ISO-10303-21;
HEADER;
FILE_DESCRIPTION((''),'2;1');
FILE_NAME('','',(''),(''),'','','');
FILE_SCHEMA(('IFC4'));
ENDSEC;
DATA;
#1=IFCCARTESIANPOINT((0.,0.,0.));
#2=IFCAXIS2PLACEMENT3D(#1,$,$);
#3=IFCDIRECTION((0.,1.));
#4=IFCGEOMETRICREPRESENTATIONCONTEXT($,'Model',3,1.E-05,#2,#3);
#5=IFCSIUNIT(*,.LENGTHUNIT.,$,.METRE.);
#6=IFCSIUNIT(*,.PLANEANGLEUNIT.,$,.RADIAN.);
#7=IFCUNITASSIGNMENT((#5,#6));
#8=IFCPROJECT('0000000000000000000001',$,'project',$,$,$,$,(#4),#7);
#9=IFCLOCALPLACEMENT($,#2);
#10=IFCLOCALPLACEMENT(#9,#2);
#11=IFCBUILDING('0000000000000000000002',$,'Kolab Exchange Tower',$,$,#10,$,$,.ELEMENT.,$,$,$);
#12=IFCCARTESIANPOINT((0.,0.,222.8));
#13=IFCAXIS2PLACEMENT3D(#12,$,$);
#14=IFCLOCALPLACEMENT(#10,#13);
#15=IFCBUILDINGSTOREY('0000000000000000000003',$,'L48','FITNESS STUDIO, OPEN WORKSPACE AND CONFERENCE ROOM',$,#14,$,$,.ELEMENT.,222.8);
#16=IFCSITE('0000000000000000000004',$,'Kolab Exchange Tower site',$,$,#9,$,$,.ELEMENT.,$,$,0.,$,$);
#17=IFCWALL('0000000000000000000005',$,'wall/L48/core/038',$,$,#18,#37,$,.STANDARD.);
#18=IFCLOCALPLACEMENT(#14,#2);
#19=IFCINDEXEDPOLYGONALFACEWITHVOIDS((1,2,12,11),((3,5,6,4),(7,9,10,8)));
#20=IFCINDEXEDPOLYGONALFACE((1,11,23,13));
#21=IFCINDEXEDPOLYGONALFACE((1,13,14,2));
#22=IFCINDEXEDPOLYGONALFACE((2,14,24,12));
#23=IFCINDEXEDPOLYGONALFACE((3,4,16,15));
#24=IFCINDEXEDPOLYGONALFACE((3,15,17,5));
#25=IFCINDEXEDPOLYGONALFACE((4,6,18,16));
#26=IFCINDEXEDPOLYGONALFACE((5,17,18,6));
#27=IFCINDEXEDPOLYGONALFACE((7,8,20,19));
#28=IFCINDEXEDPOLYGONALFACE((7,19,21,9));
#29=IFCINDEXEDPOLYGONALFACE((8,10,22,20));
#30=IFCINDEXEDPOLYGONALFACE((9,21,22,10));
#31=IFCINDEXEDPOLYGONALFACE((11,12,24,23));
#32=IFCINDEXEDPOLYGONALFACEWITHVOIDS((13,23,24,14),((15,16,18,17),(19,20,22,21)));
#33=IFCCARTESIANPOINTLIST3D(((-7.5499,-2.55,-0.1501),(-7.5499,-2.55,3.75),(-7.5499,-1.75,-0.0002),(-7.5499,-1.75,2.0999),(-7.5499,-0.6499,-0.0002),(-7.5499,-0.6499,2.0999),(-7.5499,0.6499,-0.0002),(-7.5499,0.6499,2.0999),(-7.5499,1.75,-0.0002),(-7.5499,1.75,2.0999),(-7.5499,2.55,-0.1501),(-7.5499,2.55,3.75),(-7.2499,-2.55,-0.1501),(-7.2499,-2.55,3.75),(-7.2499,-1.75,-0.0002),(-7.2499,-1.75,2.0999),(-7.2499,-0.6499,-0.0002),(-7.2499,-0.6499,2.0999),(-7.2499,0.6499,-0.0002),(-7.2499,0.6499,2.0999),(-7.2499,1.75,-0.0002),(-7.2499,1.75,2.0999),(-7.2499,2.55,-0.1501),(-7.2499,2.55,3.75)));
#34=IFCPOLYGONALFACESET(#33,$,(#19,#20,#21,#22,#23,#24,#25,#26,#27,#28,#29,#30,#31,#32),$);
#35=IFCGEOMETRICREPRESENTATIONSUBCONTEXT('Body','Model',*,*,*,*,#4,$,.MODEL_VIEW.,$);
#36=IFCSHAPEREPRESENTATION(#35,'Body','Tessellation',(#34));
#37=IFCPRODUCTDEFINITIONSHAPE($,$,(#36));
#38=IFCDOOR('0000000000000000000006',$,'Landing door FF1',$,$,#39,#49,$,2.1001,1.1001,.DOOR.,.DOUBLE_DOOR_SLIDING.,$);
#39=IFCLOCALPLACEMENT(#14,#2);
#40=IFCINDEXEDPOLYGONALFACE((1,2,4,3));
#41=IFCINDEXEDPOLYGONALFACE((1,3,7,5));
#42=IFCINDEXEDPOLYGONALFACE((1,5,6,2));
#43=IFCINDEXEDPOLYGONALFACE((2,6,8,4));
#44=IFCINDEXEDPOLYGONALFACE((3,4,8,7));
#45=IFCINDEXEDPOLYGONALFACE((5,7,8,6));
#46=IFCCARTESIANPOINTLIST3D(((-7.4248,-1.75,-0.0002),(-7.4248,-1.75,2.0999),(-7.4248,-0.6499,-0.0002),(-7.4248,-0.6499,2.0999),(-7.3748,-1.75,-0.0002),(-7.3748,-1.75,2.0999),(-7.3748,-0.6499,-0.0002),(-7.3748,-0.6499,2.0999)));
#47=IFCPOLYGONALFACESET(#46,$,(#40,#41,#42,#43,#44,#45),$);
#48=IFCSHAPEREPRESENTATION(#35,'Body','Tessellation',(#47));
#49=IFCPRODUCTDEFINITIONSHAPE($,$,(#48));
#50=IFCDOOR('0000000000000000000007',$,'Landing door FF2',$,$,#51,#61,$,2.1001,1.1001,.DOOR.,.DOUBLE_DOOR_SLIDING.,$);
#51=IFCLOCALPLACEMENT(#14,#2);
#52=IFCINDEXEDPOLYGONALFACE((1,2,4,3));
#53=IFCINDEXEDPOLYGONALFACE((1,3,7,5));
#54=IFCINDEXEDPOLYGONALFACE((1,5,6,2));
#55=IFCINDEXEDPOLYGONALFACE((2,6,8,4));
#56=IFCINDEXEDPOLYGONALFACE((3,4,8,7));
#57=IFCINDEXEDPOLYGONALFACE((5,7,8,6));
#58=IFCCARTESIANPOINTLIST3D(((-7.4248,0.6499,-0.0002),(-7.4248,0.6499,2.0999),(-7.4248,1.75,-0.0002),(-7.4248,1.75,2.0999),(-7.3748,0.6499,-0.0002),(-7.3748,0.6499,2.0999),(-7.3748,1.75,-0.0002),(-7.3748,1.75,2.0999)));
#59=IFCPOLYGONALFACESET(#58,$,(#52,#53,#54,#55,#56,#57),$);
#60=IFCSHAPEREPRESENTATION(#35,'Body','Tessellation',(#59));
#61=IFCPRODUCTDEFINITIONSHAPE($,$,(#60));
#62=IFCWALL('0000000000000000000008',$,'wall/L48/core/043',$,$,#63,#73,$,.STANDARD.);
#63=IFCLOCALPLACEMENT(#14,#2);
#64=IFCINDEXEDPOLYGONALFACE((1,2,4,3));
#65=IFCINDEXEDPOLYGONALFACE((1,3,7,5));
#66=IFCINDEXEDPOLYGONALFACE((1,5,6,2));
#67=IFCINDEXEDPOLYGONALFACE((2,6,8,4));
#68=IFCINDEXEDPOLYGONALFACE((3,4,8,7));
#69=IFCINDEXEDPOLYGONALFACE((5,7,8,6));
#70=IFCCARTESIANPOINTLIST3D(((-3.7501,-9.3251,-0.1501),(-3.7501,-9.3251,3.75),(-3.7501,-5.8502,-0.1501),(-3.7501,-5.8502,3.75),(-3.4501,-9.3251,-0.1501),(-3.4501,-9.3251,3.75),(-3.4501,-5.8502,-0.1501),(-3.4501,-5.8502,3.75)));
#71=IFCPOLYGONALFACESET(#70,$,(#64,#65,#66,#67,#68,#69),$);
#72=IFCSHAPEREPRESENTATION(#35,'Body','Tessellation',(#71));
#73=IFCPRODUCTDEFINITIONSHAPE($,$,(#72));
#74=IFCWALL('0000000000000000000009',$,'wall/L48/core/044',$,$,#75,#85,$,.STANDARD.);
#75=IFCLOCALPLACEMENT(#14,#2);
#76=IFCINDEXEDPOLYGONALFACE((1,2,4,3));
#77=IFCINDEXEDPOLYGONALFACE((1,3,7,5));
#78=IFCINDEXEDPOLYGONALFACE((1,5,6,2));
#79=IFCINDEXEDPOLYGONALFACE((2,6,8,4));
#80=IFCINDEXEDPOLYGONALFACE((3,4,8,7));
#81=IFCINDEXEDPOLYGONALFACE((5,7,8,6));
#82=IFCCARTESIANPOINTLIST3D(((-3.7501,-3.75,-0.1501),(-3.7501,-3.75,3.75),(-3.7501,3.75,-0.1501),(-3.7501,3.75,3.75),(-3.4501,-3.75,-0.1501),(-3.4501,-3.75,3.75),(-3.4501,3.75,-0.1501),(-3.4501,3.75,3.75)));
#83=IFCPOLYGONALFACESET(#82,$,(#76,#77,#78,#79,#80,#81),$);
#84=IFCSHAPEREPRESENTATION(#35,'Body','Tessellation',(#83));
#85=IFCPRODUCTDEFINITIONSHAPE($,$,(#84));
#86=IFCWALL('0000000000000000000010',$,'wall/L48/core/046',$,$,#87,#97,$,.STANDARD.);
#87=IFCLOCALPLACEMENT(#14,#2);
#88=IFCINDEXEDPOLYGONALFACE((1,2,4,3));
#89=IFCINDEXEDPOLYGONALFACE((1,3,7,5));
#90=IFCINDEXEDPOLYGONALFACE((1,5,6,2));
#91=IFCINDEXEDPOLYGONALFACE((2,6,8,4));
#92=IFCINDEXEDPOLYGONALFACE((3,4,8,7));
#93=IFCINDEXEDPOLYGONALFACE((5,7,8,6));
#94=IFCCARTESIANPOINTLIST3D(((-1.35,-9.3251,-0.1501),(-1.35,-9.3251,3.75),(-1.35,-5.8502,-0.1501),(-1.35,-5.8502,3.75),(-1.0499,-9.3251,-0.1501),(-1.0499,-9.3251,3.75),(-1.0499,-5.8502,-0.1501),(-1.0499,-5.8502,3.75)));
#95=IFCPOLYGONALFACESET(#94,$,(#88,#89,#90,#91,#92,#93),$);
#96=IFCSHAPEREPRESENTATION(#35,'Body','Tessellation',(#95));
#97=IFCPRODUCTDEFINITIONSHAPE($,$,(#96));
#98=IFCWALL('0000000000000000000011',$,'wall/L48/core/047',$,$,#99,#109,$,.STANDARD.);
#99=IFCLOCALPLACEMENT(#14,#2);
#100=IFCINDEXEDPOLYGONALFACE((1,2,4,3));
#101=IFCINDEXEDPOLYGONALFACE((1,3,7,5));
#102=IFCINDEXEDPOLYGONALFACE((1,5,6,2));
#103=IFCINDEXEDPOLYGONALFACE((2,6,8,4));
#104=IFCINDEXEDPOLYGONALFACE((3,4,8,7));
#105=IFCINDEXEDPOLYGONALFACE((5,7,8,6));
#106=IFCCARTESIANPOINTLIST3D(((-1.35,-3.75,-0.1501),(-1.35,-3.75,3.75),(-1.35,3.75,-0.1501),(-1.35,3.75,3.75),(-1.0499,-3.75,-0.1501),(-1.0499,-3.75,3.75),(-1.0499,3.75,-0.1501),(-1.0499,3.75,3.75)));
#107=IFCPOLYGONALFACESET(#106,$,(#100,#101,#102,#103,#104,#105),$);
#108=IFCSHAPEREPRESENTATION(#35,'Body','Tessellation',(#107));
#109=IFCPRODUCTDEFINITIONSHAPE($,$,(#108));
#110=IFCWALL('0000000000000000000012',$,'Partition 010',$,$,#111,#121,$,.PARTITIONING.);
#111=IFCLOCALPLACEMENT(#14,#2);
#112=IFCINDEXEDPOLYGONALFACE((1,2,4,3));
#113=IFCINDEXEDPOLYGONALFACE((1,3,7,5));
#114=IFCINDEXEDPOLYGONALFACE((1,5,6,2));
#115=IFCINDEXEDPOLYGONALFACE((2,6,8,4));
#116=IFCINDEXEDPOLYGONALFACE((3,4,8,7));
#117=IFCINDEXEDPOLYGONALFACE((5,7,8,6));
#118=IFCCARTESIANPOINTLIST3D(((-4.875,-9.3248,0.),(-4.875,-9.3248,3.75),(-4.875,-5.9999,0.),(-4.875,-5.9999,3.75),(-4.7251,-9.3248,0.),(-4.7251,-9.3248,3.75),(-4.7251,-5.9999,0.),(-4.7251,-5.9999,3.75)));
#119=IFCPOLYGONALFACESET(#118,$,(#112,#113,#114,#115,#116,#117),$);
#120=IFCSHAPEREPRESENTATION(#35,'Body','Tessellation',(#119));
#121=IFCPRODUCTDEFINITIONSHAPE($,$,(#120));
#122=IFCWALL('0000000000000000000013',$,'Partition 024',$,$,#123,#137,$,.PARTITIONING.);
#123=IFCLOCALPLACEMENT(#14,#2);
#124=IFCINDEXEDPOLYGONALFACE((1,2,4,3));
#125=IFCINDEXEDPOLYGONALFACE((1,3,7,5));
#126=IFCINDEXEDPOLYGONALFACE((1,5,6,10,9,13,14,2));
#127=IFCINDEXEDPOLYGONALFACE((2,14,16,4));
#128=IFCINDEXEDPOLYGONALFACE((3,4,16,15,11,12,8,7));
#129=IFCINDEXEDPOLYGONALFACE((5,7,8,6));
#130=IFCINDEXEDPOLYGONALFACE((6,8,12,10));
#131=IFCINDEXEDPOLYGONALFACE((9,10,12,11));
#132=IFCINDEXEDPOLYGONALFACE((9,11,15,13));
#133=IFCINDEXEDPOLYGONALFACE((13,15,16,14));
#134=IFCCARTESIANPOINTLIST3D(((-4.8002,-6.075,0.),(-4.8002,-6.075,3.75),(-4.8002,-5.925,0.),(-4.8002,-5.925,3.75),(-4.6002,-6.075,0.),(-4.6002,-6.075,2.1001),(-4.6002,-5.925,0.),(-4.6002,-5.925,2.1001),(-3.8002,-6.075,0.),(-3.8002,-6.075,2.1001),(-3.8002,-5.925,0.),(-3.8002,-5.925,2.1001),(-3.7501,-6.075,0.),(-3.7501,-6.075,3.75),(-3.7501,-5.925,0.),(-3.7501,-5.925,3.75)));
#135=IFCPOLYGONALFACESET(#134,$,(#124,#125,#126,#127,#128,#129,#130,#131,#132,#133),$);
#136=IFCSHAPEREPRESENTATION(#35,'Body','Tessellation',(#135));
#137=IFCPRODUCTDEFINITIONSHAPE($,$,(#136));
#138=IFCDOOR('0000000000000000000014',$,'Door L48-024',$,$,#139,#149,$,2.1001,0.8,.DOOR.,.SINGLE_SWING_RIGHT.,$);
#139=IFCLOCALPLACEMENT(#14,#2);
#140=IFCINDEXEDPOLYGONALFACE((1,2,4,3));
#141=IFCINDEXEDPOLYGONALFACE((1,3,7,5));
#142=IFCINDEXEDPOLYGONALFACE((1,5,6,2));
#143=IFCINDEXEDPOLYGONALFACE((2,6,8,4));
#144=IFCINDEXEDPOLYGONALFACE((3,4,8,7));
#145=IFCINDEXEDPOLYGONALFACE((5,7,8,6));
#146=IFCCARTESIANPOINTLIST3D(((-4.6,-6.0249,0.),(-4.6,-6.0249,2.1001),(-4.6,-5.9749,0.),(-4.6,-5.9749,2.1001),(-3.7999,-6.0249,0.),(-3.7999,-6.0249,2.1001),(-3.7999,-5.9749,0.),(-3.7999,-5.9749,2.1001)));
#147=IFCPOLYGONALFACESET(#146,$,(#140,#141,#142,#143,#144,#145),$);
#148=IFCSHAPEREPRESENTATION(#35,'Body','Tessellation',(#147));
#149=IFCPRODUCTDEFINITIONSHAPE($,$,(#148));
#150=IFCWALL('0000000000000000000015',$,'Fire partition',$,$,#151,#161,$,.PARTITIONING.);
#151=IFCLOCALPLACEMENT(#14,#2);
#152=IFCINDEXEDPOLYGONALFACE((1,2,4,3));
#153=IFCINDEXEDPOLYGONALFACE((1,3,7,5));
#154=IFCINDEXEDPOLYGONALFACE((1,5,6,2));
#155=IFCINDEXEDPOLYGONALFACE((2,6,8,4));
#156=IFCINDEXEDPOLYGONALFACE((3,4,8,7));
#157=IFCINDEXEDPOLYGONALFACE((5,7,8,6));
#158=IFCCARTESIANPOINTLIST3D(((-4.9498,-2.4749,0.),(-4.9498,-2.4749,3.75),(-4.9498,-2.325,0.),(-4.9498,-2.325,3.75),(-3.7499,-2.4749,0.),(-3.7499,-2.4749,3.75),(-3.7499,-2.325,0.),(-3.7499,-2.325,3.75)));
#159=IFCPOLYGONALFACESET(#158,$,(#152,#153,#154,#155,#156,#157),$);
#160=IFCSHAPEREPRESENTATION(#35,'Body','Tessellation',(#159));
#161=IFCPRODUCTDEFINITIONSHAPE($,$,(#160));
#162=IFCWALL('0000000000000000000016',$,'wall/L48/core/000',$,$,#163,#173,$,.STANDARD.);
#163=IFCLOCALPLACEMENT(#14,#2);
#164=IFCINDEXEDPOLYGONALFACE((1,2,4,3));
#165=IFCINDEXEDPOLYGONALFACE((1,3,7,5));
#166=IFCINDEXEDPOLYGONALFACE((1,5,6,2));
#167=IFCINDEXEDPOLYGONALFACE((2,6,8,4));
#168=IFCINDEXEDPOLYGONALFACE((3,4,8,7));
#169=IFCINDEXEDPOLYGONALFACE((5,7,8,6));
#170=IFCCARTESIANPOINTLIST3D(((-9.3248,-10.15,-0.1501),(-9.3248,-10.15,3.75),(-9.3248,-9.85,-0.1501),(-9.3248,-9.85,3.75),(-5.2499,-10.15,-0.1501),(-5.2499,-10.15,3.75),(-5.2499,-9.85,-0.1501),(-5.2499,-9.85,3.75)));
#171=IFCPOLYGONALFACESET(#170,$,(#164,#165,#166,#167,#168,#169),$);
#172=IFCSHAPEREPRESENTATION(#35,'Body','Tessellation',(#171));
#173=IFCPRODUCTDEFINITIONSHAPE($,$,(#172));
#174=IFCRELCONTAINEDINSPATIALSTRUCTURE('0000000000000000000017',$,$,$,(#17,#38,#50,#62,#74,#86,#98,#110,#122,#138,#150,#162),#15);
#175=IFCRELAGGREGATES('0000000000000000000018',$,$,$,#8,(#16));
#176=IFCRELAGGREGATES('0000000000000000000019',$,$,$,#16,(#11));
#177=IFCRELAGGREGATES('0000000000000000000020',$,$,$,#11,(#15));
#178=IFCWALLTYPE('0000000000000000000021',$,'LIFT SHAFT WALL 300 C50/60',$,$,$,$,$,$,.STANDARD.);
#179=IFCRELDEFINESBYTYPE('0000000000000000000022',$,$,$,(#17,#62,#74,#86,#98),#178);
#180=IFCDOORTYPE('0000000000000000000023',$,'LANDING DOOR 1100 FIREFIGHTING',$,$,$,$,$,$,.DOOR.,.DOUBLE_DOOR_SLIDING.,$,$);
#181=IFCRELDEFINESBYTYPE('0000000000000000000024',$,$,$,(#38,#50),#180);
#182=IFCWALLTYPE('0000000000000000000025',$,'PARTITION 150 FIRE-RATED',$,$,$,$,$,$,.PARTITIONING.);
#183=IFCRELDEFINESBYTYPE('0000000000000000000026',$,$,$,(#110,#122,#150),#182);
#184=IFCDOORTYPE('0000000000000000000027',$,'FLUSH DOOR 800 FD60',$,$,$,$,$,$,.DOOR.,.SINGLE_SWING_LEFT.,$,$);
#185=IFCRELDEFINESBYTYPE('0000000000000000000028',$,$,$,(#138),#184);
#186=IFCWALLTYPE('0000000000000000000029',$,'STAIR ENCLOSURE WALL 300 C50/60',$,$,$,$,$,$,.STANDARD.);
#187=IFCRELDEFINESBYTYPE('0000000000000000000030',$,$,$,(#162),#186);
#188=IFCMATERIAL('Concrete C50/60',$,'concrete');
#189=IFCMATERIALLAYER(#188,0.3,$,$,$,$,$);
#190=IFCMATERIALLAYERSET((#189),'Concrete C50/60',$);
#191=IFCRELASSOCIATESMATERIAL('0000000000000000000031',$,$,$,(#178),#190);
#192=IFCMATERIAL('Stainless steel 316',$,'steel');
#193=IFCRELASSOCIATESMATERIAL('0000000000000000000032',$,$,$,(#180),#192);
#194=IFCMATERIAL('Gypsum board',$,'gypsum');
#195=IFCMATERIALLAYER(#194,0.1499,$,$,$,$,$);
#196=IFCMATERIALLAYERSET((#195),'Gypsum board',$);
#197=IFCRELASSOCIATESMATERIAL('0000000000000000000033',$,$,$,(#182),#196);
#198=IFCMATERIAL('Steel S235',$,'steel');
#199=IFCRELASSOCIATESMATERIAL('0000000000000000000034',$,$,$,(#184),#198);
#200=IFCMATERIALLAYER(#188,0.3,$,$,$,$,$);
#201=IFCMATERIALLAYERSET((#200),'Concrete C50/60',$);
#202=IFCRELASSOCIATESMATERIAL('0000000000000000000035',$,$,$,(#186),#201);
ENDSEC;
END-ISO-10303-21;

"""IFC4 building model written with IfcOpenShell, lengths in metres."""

from ifc_helpers import new_model, si_unit, direction, frame, frame_2d, origin, place, context, subcontext, project, spatial, rectangle, extrude, material, layer, layer_set, type_object, element, fill, save


model = new_model("IFC4")

# Units and contexts
model_context = context("Model", 3, precision=1e-05, world=origin(), true_north=direction((0.0, 1.0)))
body_context = subcontext(model_context, "Body", "Model", "MODEL_VIEW")
ifc_project = project(units=[si_unit("LENGTHUNIT", "METRE"), si_unit("PLANEANGLEUNIT", "RADIAN")], contexts=[model_context])

# Site, building, storey
site_placement = place(None, origin())
site = spatial("IfcSite", under=ifc_project, at=site_placement, Name="Kolab Exchange Tower site", CompositionType="ELEMENT", RefElevation=0.0)
building_placement = place(site_placement, origin())
building = spatial("IfcBuilding", under=site, at=building_placement, Name="Kolab Exchange Tower", CompositionType="ELEMENT")
storey_placement = place(building_placement, frame((0.0, 0.0, 222.8)))
storey = spatial("IfcBuildingStorey", under=building, at=storey_placement, Name="L48", Description="FITNESS STUDIO, OPEN WORKSPACE AND CONFERENCE ROOM", CompositionType="ELEMENT", Elevation=222.8)

# Shared definitions
ifc_material_1 = material(Name="Concrete C50/60", Category="concrete")
ifc_material_2 = material(Name="Steel S235", Category="steel")
ifc_layer_1 = layer(ifc_material_1, 0.3)
ifc_layer_set_1 = layer_set([ifc_layer_1], Name="Concrete C50/60")
wall_type_1 = type_object("IfcWallType", Name="LIFT SHAFT WALL 300 C50/60", PredefinedType="STANDARD", material=ifc_layer_set_1)
ifc_material_3 = material(Name="Stainless steel 316", Category="steel")

# Wall, openings, doors
wall_1_placement = place(storey_placement, frame((-7.3999, -2.55, -0.1501), z_axis=(0.0, 0.0, 1.0), x_axis=(0.0, 1.0, 0.0)))
wall_1 = element("IfcWall", 1, at=wall_1_placement, inside=storey, type_object=wall_type_1, Name="wall/L48/core/038", PredefinedType="STANDARD", context=body_context, shape_type="SweptSolid", body=[
    extrude(rectangle(XDim=5.1001, YDim=0.3, at=frame_2d((2.55, 0.0))), origin(), (0.0, 0.0, 1.0), 3.9001),
])
opening_1_placement = place(wall_1_placement, frame((0.8, 0.0, 0.1499)))
opening_1 = element("IfcOpeningElement", 2, at=opening_1_placement, cuts=wall_1, PredefinedType="OPENING", context=body_context, shape_type="SweptSolid", body=[
    extrude(rectangle(XDim=1.1001, YDim=2.1001, at=frame_2d((0.55, 1.05))), frame((0.0, 0.1602, 0.0), z_axis=(0.0, -1.0, 0.0), x_axis=(1.0, 0.0, 0.0)), (0.0, 0.0, 1.0), 0.3201),
])
opening_2_placement = place(wall_1_placement, frame((3.2, 0.0, 0.1499)))
opening_2 = element("IfcOpeningElement", 3, at=opening_2_placement, cuts=wall_1, PredefinedType="OPENING", context=body_context, shape_type="SweptSolid", body=[
    extrude(rectangle(XDim=1.1001, YDim=2.1001, at=frame_2d((0.55, 1.05))), frame((0.0, 0.1602, 0.0), z_axis=(0.0, -1.0, 0.0), x_axis=(1.0, 0.0, 0.0)), (0.0, 0.0, 1.0), 0.3201),
])
door_type_1 = type_object("IfcDoorType", Name="LANDING DOOR 1100 FIREFIGHTING", OperationType="DOUBLE_DOOR_SLIDING", PredefinedType="DOOR", material=ifc_material_3)
door_1_placement = place(opening_1_placement, origin())
door_1 = element("IfcDoor", 4, at=door_1_placement, inside=storey, type_object=door_type_1, Name="Landing door FF1", OperationType="DOUBLE_DOOR_SLIDING", OverallHeight=2.1001, OverallWidth=1.1001, PredefinedType="DOOR", context=body_context, shape_type="SweptSolid", body=[
    extrude(rectangle(XDim=1.1001, YDim=2.1001, at=frame_2d((0.55, 1.05))), frame((0.0, 0.0249, 0.0), z_axis=(0.0, -1.0, 0.0), x_axis=(1.0, 0.0, 0.0)), (0.0, 0.0, 1.0), 0.05),
])
fill(opening_1, door_1)
door_2_placement = place(opening_2_placement, origin())
door_2 = element("IfcDoor", 5, at=door_2_placement, inside=storey, type_object=door_type_1, Name="Landing door FF2", OperationType="DOUBLE_DOOR_SLIDING", OverallHeight=2.1001, OverallWidth=1.1001, PredefinedType="DOOR", context=body_context, shape_type="SweptSolid", body=[
    extrude(rectangle(XDim=1.1001, YDim=2.1001, at=frame_2d((0.55, 1.05))), frame((0.0, 0.0249, 0.0), z_axis=(0.0, -1.0, 0.0), x_axis=(1.0, 0.0, 0.0)), (0.0, 0.0, 1.0), 0.05),
])
fill(opening_2, door_2)

# Walls
wall_2_placement = place(storey_placement, frame((-3.6001, -9.325, -0.1501), z_axis=(0.0, 0.0, 1.0), x_axis=(0.0, 1.0, 0.0)))
element("IfcWall", 6, at=wall_2_placement, inside=storey, type_object=wall_type_1, Name="wall/L48/core/043", PredefinedType="STANDARD", context=body_context, shape_type="SweptSolid", body=[
    extrude(rectangle(XDim=3.4749, YDim=0.3, at=frame_2d((1.7373, 0.0))), origin(), (0.0, 0.0, 1.0), 3.9001),
])
wall_3_placement = place(storey_placement, frame((-3.6001, -3.75, -0.1501), z_axis=(0.0, 0.0, 1.0), x_axis=(0.0, 1.0, 0.0)))
element("IfcWall", 7, at=wall_3_placement, inside=storey, type_object=wall_type_1, Name="wall/L48/core/044", PredefinedType="STANDARD", context=body_context, shape_type="SweptSolid", body=[
    extrude(rectangle(XDim=7.5, YDim=0.3, at=frame_2d((3.75, 0.0))), origin(), (0.0, 0.0, 1.0), 3.9001),
])
wall_4_placement = place(storey_placement, frame((-1.2, -9.325, -0.1501), z_axis=(0.0, 0.0, 1.0), x_axis=(0.0, 1.0, 0.0)))
element("IfcWall", 8, at=wall_4_placement, inside=storey, type_object=wall_type_1, Name="wall/L48/core/046", PredefinedType="STANDARD", context=body_context, shape_type="SweptSolid", body=[
    extrude(rectangle(XDim=3.4749, YDim=0.3, at=frame_2d((1.7373, 0.0))), origin(), (0.0, 0.0, 1.0), 3.9001),
])
wall_5_placement = place(storey_placement, frame((-1.2, -3.75, -0.1501), z_axis=(0.0, 0.0, 1.0), x_axis=(0.0, 1.0, 0.0)))
element("IfcWall", 9, at=wall_5_placement, inside=storey, type_object=wall_type_1, Name="wall/L48/core/047", PredefinedType="STANDARD", context=body_context, shape_type="SweptSolid", body=[
    extrude(rectangle(XDim=7.5, YDim=0.3, at=frame_2d((3.75, 0.0))), origin(), (0.0, 0.0, 1.0), 3.9001),
])
ifc_material_4 = material(Name="Gypsum board", Category="gypsum")
ifc_layer_2 = layer(ifc_material_4, 0.1499)
ifc_layer_set_2 = layer_set([ifc_layer_2], Name="Gypsum board")
wall_type_2 = type_object("IfcWallType", Name="PARTITION 150 FIRE-RATED", PredefinedType="PARTITIONING", material=ifc_layer_set_2)
wall_6_placement = place(storey_placement, frame((-4.8, -9.325, 0.0), z_axis=(0.0, 0.0, 1.0), x_axis=(0.0, 1.0, 0.0)))
element("IfcWall", 10, at=wall_6_placement, inside=storey, type_object=wall_type_2, Name="Partition 010", PredefinedType="PARTITIONING", context=body_context, shape_type="SweptSolid", body=[
    extrude(rectangle(XDim=3.325, YDim=0.1499, at=frame_2d((1.6626, 0.0))), origin(), (0.0, 0.0, 1.0), 3.75),
])

# Wall, opening, door
wall_7_placement = place(storey_placement, frame((-4.8, -6.0, 0.0), z_axis=(0.0, 0.0, 1.0), x_axis=(1.0, 0.0, 0.0)))
wall_7 = element("IfcWall", 11, at=wall_7_placement, inside=storey, type_object=wall_type_2, Name="Partition 024", PredefinedType="PARTITIONING", context=body_context, shape_type="SweptSolid", body=[
    extrude(rectangle(XDim=1.05, YDim=0.1499, at=frame_2d((0.5249, 0.0))), origin(), (0.0, 0.0, 1.0), 3.75),
])
opening_3_placement = place(wall_7_placement, frame((0.2, 0.0, 0.0)))
opening_3 = element("IfcOpeningElement", 12, at=opening_3_placement, cuts=wall_7, PredefinedType="OPENING", context=body_context, shape_type="SweptSolid", body=[
    extrude(rectangle(XDim=0.8, YDim=2.1001, at=frame_2d((0.3999, 1.05))), frame((0.0, 0.085, 0.0), z_axis=(0.0, -1.0, 0.0), x_axis=(1.0, 0.0, 0.0)), (0.0, 0.0, 1.0), 0.1699),
])
door_type_2 = type_object("IfcDoorType", Name="FLUSH DOOR 800 FD60", OperationType="SINGLE_SWING_LEFT", PredefinedType="DOOR", material=ifc_material_2)
door_3_placement = place(opening_3_placement, frame((0.8, 0.0, 0.0), z_axis=(0.0, 0.0, 1.0), x_axis=(-1.0, 0.0, 0.0)))
door_3 = element("IfcDoor", 13, at=door_3_placement, inside=storey, type_object=door_type_2, Name="Door L48-024", OperationType="SINGLE_SWING_RIGHT", OverallHeight=2.1001, OverallWidth=0.8, PredefinedType="DOOR", context=body_context, shape_type="SweptSolid", body=[
    extrude(rectangle(XDim=0.8, YDim=2.1001, at=frame_2d((0.3999, 1.05))), frame((0.0, 0.0249, 0.0), z_axis=(0.0, -1.0, 0.0), x_axis=(1.0, 0.0, 0.0)), (0.0, 0.0, 1.0), 0.05),
])
fill(opening_3, door_3)

# Walls
wall_8_placement = place(storey_placement, frame((-4.95, -2.3999, 0.0), z_axis=(0.0, 0.0, 1.0), x_axis=(1.0, 0.0, 0.0)))
element("IfcWall", 14, at=wall_8_placement, inside=storey, type_object=wall_type_2, Name="Fire partition", PredefinedType="PARTITIONING", context=body_context, shape_type="SweptSolid", body=[
    extrude(rectangle(XDim=1.2, YDim=0.1499, at=frame_2d((0.6001, 0.0))), origin(), (0.0, 0.0, 1.0), 3.75),
])
ifc_layer_3 = layer(ifc_material_1, 0.3)
ifc_layer_set_3 = layer_set([ifc_layer_3], Name="Concrete C50/60")
wall_type_3 = type_object("IfcWallType", Name="STAIR ENCLOSURE WALL 300 C50/60", PredefinedType="STANDARD", material=ifc_layer_set_3)
wall_9_placement = place(storey_placement, frame((-9.325, -10.0, -0.1501), z_axis=(0.0, 0.0, 1.0), x_axis=(1.0, 0.0, 0.0)))
element("IfcWall", 15, at=wall_9_placement, inside=storey, type_object=wall_type_3, Name="wall/L48/core/000", PredefinedType="STANDARD", context=body_context, shape_type="SweptSolid", body=[
    extrude(rectangle(XDim=4.075, YDim=0.3, at=frame_2d((2.0376, 0.0))), origin(), (0.0, 0.0, 1.0), 3.9001),
])

save(model, "model.ifc")
